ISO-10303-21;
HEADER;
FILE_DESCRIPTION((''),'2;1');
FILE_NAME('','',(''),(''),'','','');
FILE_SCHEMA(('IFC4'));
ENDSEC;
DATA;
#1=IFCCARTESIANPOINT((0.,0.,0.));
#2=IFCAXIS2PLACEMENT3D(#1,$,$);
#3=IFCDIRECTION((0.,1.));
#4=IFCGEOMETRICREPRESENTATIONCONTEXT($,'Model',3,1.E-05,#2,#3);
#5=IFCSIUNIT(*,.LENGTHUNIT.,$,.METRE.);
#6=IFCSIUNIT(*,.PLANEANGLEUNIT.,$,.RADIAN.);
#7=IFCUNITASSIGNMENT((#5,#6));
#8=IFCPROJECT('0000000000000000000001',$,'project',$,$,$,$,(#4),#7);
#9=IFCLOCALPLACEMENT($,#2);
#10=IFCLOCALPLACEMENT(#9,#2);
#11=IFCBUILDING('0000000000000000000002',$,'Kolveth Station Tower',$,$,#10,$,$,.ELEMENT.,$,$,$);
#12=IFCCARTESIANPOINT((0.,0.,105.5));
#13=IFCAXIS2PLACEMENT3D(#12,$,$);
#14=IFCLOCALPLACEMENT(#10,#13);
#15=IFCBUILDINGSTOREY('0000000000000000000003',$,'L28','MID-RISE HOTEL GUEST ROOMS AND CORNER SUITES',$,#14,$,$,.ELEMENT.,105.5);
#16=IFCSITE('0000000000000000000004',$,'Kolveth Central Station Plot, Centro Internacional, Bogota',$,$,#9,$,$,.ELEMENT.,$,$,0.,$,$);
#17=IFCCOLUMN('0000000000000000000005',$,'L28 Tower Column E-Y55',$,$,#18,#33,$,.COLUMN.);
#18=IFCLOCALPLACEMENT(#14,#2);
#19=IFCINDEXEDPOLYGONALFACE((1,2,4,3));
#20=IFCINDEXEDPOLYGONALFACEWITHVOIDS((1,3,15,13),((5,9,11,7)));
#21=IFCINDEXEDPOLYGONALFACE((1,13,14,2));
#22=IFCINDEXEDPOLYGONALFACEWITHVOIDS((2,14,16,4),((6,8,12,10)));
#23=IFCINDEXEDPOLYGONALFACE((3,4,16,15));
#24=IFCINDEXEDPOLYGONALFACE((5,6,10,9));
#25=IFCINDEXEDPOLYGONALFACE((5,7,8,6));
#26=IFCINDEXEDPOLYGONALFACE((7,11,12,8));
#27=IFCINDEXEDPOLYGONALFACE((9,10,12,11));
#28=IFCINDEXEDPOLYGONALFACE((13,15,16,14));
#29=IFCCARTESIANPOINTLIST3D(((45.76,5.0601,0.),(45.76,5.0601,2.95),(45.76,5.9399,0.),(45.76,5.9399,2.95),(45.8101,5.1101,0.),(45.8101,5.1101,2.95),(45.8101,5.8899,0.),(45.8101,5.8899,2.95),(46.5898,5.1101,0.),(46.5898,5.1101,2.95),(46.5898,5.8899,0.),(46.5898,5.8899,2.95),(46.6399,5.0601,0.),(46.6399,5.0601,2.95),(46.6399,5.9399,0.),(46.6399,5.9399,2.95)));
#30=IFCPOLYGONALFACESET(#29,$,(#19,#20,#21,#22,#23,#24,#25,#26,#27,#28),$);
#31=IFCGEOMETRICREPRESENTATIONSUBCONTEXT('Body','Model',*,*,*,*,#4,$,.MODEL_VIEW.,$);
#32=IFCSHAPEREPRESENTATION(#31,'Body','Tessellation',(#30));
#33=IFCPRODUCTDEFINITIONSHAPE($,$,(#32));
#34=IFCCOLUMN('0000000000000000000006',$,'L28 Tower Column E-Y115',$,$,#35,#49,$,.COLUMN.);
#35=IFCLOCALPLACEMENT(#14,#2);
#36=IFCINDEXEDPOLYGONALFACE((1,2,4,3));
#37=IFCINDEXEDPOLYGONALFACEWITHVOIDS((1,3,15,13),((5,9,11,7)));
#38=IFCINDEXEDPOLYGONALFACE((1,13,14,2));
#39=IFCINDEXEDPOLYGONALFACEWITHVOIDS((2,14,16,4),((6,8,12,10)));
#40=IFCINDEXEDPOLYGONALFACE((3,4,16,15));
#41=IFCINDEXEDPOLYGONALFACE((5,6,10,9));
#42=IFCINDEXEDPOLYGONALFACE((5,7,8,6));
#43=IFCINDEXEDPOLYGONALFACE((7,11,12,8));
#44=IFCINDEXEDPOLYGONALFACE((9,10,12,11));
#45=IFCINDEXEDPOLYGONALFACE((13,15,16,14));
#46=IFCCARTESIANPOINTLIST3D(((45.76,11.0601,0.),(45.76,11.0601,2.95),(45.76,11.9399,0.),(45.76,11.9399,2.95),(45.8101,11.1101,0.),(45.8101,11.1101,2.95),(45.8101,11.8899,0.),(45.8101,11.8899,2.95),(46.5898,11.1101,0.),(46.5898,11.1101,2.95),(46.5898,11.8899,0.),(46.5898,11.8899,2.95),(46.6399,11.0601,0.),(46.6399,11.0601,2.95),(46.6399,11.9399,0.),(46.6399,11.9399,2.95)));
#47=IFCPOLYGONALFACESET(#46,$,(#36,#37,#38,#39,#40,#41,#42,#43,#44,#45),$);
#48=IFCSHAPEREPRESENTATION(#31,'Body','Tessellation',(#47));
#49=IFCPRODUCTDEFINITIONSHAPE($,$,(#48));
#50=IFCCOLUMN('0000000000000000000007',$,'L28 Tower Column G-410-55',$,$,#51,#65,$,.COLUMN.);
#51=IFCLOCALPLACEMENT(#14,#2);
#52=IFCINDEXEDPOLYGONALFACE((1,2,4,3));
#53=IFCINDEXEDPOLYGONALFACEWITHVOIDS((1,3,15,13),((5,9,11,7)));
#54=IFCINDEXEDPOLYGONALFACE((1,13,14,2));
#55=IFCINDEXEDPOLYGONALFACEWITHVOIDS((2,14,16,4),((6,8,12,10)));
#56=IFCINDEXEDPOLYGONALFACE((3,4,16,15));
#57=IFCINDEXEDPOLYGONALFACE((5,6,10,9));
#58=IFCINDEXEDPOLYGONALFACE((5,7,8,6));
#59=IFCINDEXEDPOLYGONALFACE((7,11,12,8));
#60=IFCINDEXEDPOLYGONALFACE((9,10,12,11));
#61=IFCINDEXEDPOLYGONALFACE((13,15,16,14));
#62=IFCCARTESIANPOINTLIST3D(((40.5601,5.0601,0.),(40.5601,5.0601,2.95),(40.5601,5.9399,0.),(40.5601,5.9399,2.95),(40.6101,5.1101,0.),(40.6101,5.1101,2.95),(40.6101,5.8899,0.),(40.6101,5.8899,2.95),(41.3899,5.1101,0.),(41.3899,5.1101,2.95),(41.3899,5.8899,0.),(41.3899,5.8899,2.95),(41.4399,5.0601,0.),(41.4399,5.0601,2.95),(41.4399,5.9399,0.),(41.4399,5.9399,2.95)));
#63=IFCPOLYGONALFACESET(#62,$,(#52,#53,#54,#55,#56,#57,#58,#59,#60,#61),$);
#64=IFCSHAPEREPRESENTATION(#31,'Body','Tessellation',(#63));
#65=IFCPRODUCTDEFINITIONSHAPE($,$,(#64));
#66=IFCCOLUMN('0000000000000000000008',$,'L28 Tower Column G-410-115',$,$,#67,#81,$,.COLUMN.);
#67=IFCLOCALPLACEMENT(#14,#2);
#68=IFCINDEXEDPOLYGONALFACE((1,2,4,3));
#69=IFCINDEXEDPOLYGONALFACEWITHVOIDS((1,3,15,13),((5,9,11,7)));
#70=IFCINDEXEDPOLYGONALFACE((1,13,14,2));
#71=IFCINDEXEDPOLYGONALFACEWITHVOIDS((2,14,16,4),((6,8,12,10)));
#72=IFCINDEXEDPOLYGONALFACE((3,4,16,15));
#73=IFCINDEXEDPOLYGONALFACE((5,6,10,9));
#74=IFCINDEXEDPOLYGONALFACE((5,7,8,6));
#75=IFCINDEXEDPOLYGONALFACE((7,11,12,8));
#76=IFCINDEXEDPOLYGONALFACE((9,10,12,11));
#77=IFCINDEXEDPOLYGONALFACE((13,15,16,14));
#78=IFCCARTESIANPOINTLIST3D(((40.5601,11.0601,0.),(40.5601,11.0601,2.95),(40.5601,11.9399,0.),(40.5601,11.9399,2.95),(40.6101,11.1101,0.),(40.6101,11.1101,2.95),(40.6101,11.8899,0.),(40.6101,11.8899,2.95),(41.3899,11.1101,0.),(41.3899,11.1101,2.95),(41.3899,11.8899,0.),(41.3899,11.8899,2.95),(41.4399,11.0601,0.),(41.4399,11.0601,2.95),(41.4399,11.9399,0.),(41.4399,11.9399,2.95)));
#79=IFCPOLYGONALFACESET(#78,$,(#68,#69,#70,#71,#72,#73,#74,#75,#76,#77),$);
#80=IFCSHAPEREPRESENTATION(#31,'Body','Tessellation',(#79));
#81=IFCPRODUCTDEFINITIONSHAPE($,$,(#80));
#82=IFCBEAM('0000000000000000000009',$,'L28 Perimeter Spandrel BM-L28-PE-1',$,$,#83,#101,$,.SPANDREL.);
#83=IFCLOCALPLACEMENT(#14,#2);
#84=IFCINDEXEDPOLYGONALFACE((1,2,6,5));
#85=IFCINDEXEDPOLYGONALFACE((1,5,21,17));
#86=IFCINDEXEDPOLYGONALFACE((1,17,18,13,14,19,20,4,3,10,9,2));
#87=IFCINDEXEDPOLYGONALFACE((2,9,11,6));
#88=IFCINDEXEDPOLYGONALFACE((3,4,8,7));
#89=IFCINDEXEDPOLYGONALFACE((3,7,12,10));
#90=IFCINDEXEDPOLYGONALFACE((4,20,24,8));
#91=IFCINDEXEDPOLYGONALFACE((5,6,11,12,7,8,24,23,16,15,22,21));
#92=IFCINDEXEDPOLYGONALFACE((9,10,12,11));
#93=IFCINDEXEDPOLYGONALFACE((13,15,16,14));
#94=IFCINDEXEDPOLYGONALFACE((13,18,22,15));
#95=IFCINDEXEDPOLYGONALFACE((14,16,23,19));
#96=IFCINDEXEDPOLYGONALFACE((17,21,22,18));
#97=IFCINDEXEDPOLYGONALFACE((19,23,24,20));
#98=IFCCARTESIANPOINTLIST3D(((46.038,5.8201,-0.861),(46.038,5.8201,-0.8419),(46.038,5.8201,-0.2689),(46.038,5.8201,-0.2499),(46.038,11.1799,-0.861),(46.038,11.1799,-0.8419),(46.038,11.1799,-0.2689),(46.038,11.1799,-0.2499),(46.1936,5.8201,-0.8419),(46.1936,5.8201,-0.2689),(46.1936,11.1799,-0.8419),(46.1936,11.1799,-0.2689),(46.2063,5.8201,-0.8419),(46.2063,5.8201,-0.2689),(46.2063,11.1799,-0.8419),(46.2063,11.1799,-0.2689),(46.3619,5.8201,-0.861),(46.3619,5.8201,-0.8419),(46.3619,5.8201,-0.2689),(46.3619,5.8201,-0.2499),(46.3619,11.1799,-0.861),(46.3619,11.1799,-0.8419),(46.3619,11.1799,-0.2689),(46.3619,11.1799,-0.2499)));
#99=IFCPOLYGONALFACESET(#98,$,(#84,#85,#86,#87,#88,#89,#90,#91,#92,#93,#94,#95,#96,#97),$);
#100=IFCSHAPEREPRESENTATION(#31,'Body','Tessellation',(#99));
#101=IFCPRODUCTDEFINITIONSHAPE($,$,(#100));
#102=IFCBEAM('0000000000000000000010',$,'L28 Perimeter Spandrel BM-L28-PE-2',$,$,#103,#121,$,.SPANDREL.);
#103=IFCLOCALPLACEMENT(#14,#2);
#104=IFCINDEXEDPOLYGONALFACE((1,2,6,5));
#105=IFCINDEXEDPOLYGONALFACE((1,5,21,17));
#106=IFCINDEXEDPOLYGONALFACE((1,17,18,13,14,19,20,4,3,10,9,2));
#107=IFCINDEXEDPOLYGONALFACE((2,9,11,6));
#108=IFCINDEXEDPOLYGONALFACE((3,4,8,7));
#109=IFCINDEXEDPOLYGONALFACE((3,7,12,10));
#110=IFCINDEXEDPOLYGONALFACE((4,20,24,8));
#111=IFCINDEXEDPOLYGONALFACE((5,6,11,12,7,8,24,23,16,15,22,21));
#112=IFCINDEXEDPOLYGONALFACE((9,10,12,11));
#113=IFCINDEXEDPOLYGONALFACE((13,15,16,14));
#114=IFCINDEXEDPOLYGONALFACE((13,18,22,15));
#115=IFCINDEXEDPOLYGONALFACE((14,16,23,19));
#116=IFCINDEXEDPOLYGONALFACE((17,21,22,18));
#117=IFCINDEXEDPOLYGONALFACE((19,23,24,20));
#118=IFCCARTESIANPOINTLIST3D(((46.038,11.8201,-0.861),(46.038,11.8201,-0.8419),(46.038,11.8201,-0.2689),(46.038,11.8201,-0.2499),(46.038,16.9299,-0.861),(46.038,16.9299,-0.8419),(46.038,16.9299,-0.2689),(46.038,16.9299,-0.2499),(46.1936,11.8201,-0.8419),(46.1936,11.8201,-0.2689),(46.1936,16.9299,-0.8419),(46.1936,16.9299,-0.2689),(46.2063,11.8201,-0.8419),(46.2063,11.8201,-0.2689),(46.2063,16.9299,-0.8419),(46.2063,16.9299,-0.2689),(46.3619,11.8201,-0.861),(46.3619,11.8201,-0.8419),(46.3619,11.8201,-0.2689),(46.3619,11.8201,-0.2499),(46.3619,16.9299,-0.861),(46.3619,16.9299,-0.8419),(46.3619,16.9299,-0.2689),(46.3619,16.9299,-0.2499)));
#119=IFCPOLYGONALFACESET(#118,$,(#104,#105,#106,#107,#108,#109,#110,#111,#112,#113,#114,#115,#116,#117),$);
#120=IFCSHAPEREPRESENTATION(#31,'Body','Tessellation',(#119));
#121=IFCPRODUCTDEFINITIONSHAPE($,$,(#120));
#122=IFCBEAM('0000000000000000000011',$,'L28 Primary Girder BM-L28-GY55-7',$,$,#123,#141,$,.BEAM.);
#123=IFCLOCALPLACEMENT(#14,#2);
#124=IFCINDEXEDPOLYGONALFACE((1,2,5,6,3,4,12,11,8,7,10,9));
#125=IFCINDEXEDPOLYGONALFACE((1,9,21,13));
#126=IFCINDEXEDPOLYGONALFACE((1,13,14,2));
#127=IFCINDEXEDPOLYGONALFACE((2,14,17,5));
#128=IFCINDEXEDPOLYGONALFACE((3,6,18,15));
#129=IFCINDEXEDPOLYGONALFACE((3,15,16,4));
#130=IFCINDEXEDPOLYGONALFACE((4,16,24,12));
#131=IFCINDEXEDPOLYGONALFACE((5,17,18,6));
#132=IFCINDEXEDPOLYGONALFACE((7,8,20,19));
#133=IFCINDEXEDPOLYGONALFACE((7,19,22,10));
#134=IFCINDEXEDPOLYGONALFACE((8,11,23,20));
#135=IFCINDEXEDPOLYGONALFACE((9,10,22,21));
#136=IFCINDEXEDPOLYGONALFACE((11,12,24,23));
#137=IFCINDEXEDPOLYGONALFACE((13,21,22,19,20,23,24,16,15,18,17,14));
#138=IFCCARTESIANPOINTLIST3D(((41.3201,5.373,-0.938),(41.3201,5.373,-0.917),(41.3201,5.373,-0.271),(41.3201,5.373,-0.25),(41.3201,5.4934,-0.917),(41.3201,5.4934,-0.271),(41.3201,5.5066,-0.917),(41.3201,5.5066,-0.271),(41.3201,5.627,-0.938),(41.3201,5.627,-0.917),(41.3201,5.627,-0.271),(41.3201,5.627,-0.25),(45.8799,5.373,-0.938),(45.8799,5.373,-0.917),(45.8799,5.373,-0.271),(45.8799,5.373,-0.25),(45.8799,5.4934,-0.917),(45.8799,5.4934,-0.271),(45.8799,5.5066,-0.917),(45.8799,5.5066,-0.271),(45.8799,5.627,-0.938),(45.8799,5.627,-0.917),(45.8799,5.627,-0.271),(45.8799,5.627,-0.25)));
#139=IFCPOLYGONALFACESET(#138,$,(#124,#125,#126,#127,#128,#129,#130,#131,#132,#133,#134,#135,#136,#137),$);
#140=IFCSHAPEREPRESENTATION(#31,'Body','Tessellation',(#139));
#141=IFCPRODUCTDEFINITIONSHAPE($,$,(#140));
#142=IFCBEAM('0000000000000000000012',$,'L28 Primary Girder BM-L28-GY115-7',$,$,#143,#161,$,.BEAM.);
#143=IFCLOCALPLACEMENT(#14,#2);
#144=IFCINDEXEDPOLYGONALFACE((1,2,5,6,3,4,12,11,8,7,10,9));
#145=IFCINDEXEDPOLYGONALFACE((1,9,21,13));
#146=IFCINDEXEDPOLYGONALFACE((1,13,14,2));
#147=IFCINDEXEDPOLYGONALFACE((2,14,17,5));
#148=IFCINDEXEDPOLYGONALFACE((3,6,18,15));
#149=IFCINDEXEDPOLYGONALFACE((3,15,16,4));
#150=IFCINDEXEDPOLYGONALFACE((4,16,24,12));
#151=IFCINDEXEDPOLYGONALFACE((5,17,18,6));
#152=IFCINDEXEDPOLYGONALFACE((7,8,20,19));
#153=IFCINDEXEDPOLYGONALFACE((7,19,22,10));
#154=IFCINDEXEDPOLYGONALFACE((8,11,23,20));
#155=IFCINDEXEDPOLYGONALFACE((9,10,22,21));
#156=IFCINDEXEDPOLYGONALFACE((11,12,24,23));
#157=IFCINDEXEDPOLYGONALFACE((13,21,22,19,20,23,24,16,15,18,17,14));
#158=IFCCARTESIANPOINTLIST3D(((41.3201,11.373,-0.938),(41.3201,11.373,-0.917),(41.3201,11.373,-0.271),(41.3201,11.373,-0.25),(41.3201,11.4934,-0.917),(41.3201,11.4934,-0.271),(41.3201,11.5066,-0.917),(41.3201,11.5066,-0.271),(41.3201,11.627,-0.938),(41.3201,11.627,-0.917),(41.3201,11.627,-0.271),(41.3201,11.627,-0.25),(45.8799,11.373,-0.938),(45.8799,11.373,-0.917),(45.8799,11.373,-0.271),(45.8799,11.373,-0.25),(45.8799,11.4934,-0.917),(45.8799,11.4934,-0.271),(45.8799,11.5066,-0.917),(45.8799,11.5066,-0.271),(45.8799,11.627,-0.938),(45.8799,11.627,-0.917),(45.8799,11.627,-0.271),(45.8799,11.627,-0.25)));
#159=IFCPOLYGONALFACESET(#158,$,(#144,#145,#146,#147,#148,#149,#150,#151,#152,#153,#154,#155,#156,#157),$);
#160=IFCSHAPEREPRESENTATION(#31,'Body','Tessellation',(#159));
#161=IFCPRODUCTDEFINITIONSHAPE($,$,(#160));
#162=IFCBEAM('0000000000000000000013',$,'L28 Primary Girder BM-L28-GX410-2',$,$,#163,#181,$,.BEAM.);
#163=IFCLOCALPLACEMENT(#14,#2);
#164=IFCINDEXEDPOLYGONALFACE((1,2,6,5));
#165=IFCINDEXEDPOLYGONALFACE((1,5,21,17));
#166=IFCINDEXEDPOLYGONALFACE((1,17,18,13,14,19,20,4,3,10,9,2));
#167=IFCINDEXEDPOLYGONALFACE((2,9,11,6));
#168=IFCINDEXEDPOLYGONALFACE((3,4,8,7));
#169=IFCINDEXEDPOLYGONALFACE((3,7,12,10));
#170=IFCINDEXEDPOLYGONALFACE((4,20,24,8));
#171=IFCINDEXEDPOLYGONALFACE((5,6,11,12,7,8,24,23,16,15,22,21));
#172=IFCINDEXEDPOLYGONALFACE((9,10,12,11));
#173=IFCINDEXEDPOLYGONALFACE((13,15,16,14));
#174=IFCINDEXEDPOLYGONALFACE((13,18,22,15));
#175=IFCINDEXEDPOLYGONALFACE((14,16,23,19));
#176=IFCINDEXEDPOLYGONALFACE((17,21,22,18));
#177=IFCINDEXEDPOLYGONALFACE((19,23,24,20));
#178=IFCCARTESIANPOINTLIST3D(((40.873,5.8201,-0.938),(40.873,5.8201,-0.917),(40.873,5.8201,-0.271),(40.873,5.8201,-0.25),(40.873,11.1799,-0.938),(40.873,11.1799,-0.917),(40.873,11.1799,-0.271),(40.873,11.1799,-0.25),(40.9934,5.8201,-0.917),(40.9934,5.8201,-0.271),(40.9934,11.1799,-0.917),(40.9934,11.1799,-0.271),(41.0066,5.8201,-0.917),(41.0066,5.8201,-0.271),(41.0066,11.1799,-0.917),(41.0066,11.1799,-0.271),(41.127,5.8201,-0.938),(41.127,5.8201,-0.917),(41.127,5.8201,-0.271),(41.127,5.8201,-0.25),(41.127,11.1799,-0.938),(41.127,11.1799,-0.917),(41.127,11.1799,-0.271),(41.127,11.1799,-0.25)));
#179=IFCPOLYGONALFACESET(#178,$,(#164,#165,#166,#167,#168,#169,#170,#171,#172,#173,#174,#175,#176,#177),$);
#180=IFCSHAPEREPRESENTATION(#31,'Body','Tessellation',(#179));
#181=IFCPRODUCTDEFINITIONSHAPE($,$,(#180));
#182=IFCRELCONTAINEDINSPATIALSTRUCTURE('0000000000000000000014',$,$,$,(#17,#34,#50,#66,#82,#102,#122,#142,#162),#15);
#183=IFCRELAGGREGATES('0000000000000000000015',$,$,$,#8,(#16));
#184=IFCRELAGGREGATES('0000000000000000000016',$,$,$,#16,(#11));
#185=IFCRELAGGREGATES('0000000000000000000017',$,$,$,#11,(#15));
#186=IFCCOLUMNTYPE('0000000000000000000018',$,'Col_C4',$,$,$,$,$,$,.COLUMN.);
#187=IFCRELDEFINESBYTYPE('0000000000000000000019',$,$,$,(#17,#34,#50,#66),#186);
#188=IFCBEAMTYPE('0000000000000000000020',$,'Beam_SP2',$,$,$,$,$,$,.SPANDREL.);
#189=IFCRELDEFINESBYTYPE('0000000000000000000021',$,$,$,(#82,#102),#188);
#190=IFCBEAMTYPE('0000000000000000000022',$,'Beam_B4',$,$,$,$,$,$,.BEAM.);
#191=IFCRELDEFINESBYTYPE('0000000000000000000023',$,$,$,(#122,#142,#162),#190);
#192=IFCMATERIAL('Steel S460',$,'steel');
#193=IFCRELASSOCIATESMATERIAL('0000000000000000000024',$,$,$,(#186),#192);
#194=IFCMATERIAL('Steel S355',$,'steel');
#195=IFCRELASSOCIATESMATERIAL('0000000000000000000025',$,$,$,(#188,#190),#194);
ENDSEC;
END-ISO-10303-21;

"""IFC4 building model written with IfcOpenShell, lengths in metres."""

from ifc_helpers import new_model, si_unit, direction, frame, origin, origin_2d, place, context, subcontext, project, spatial, hollow_rectangle, i_section, extrude, source, transform, mapped, material, material_profile, profile_set, type_object, element, save


model = new_model("IFC4")

# Units and contexts
model_context = context("Model", 3, precision=1e-05, world=origin(), true_north=direction((0.0, 1.0)))
body_context = subcontext(model_context, "Body", "Model", "MODEL_VIEW")
ifc_project = project(units=[si_unit("LENGTHUNIT", "METRE"), si_unit("PLANEANGLEUNIT", "RADIAN")], contexts=[model_context])

# Site, building, storey
site_placement = place(None, origin())
site = spatial("IfcSite", under=ifc_project, at=site_placement, Name="Kolveth Central Station Plot, Centro Internacional, Bogota", CompositionType="ELEMENT", RefElevation=0.0)
building_placement = place(site_placement, origin())
building = spatial("IfcBuilding", under=site, at=building_placement, Name="Kolveth Station Tower", CompositionType="ELEMENT")
storey_placement = place(building_placement, frame((0.0, 0.0, 105.5)))
storey = spatial("IfcBuildingStorey", under=building, at=storey_placement, Name="L28", Description="MID-RISE HOTEL GUEST ROOMS AND CORNER SUITES", CompositionType="ELEMENT", Elevation=105.5)

# Columns
ifc_material_1 = material(Name="Steel S460", Category="steel")
ifc_material_profile_1 = material_profile(ifc_material_1, hollow_rectangle(XDim=0.8799, YDim=0.8799, WallThickness=0.05, at=origin_2d()), Name="BOX880x880x50")
ifc_profile_set_1 = profile_set([ifc_material_profile_1], Name="Steel S460")
column_type = type_object("IfcColumnType", Name="Col_C4", PredefinedType="COLUMN", material=ifc_profile_set_1)
shared_shape_1 = source(origin(), body_context, "Body", "SweptSolid", [
    extrude(hollow_rectangle(XDim=0.8799, YDim=0.8799, WallThickness=0.05, at=origin_2d()), origin(), (0.0, 0.0, 1.0), 2.95),
])
for number, where, z_axis, x_axis, name in (
    (1, (46.2, 5.5, 0.0), (0.0, 0.0, 1.0), (1.0, 0.0, 0.0), "L28 Tower Column E-Y55"),
    (2, (46.2, 11.5, 0.0), (0.0, 0.0, 1.0), (1.0, 0.0, 0.0), "L28 Tower Column E-Y115"),
    (3, (41.0, 5.5, 0.0), (0.0, 0.0, 1.0), (1.0, 0.0, 0.0), "L28 Tower Column G-410-55"),
    (4, (41.0, 11.5, 0.0), (0.0, 0.0, 1.0), (1.0, 0.0, 0.0), "L28 Tower Column G-410-115"),
):
    element("IfcColumn", number, at=place(storey_placement, frame(where, z_axis=z_axis, x_axis=x_axis)), inside=storey, type_object=column_type, Name=name, PredefinedType="COLUMN", context=body_context, shape_type="MappedRepresentation", body=[
        mapped(shared_shape_1, transform((0.0, 0.0, 0.0), x_axis=(1.0, 0.0, 0.0), y_axis=(0.0, 1.0, 0.0), z_axis=(0.0, 0.0, 1.0), scale=1.0)),
    ])

# Beams
ifc_material_2 = material(Name="Steel S355", Category="steel")
ifc_material_profile_2 = material_profile(ifc_material_2, i_section(OverallWidth=0.324, OverallDepth=0.6111, WebThickness=0.0127, FlangeThickness=0.019, at=origin_2d()), Name="W610x155")
ifc_profile_set_2 = profile_set([ifc_material_profile_2], Name="Steel S355")
beam_type_1 = type_object("IfcBeamType", Name="Beam_SP2", PredefinedType="SPANDREL", material=ifc_profile_set_2)
shared_shape_2 = source(origin(), body_context, "Body", "SweptSolid", [
    extrude(i_section(OverallWidth=0.324, OverallDepth=0.6111, WebThickness=0.0127, FlangeThickness=0.019, at=origin_2d()), origin(), (0.0, 0.0, 1.0), 5.3599),
])
beam_1_placement = place(storey_placement, frame((46.2, 5.8201, -0.5554), z_axis=(0.0, 1.0, 0.0), x_axis=(-1.0, 0.0, 0.0)))
element("IfcBeam", 5, at=beam_1_placement, inside=storey, type_object=beam_type_1, Name="L28 Perimeter Spandrel BM-L28-PE-1", PredefinedType="SPANDREL", context=body_context, shape_type="MappedRepresentation", body=[
    mapped(shared_shape_2, transform((0.0, 0.0, 0.0), x_axis=(1.0, 0.0, 0.0), y_axis=(0.0, 1.0, 0.0), z_axis=(0.0, 0.0, 1.0), scale=1.0)),
])
shared_shape_3 = source(origin(), body_context, "Body", "SweptSolid", [
    extrude(i_section(OverallWidth=0.324, OverallDepth=0.6111, WebThickness=0.0127, FlangeThickness=0.019, at=origin_2d()), origin(), (0.0, 0.0, 1.0), 5.1099),
])
beam_2_placement = place(storey_placement, frame((46.2, 11.8201, -0.5554), z_axis=(0.0, 1.0, 0.0), x_axis=(-1.0, 0.0, 0.0)))
element("IfcBeam", 6, at=beam_2_placement, inside=storey, type_object=beam_type_1, Name="L28 Perimeter Spandrel BM-L28-PE-2", PredefinedType="SPANDREL", context=body_context, shape_type="MappedRepresentation", body=[
    mapped(shared_shape_3, transform((0.0, 0.0, 0.0), x_axis=(1.0, 0.0, 0.0), y_axis=(0.0, 1.0, 0.0), z_axis=(0.0, 0.0, 1.0), scale=1.0)),
])
ifc_material_profile_3 = material_profile(ifc_material_2, i_section(OverallWidth=0.2539, OverallDepth=0.688, WebThickness=0.0132, FlangeThickness=0.021, at=origin_2d()), Name="W690x152")
ifc_profile_set_3 = profile_set([ifc_material_profile_3], Name="Steel S355")
beam_type_2 = type_object("IfcBeamType", Name="Beam_B4", PredefinedType="BEAM", material=ifc_profile_set_3)
shared_shape_4 = source(origin(), body_context, "Body", "SweptSolid", [
    extrude(i_section(OverallWidth=0.2539, OverallDepth=0.688, WebThickness=0.0132, FlangeThickness=0.021, at=origin_2d()), origin(), (0.0, 0.0, 1.0), 4.5598),
])
for number, where, z_axis, x_axis, name in (
    (7, (41.3201, 5.5, -0.594), (1.0, 0.0, 0.0), (0.0, 1.0, 0.0), "L28 Primary Girder BM-L28-GY55-7"),
    (8, (41.3201, 11.5, -0.594), (1.0, 0.0, 0.0), (0.0, 1.0, 0.0), "L28 Primary Girder BM-L28-GY115-7"),
):
    element("IfcBeam", number, at=place(storey_placement, frame(where, z_axis=z_axis, x_axis=x_axis)), inside=storey, type_object=beam_type_2, Name=name, PredefinedType="BEAM", context=body_context, shape_type="MappedRepresentation", body=[
        mapped(shared_shape_4, transform((0.0, 0.0, 0.0), x_axis=(1.0, 0.0, 0.0), y_axis=(0.0, 1.0, 0.0), z_axis=(0.0, 0.0, 1.0), scale=1.0)),
    ])
shared_shape_5 = source(origin(), body_context, "Body", "SweptSolid", [
    extrude(i_section(OverallWidth=0.2539, OverallDepth=0.688, WebThickness=0.0132, FlangeThickness=0.021, at=origin_2d()), origin(), (0.0, 0.0, 1.0), 5.3599),
])
beam_3_placement = place(storey_placement, frame((41.0, 5.8201, -0.594), z_axis=(0.0, 1.0, 0.0), x_axis=(-1.0, 0.0, 0.0)))
element("IfcBeam", 9, at=beam_3_placement, inside=storey, type_object=beam_type_2, Name="L28 Primary Girder BM-L28-GX410-2", PredefinedType="BEAM", context=body_context, shape_type="MappedRepresentation", body=[
    mapped(shared_shape_5, transform((0.0, 0.0, 0.0), x_axis=(1.0, 0.0, 0.0), y_axis=(0.0, 1.0, 0.0), z_axis=(0.0, 0.0, 1.0), scale=1.0)),
])

save(model, "model.ifc")
